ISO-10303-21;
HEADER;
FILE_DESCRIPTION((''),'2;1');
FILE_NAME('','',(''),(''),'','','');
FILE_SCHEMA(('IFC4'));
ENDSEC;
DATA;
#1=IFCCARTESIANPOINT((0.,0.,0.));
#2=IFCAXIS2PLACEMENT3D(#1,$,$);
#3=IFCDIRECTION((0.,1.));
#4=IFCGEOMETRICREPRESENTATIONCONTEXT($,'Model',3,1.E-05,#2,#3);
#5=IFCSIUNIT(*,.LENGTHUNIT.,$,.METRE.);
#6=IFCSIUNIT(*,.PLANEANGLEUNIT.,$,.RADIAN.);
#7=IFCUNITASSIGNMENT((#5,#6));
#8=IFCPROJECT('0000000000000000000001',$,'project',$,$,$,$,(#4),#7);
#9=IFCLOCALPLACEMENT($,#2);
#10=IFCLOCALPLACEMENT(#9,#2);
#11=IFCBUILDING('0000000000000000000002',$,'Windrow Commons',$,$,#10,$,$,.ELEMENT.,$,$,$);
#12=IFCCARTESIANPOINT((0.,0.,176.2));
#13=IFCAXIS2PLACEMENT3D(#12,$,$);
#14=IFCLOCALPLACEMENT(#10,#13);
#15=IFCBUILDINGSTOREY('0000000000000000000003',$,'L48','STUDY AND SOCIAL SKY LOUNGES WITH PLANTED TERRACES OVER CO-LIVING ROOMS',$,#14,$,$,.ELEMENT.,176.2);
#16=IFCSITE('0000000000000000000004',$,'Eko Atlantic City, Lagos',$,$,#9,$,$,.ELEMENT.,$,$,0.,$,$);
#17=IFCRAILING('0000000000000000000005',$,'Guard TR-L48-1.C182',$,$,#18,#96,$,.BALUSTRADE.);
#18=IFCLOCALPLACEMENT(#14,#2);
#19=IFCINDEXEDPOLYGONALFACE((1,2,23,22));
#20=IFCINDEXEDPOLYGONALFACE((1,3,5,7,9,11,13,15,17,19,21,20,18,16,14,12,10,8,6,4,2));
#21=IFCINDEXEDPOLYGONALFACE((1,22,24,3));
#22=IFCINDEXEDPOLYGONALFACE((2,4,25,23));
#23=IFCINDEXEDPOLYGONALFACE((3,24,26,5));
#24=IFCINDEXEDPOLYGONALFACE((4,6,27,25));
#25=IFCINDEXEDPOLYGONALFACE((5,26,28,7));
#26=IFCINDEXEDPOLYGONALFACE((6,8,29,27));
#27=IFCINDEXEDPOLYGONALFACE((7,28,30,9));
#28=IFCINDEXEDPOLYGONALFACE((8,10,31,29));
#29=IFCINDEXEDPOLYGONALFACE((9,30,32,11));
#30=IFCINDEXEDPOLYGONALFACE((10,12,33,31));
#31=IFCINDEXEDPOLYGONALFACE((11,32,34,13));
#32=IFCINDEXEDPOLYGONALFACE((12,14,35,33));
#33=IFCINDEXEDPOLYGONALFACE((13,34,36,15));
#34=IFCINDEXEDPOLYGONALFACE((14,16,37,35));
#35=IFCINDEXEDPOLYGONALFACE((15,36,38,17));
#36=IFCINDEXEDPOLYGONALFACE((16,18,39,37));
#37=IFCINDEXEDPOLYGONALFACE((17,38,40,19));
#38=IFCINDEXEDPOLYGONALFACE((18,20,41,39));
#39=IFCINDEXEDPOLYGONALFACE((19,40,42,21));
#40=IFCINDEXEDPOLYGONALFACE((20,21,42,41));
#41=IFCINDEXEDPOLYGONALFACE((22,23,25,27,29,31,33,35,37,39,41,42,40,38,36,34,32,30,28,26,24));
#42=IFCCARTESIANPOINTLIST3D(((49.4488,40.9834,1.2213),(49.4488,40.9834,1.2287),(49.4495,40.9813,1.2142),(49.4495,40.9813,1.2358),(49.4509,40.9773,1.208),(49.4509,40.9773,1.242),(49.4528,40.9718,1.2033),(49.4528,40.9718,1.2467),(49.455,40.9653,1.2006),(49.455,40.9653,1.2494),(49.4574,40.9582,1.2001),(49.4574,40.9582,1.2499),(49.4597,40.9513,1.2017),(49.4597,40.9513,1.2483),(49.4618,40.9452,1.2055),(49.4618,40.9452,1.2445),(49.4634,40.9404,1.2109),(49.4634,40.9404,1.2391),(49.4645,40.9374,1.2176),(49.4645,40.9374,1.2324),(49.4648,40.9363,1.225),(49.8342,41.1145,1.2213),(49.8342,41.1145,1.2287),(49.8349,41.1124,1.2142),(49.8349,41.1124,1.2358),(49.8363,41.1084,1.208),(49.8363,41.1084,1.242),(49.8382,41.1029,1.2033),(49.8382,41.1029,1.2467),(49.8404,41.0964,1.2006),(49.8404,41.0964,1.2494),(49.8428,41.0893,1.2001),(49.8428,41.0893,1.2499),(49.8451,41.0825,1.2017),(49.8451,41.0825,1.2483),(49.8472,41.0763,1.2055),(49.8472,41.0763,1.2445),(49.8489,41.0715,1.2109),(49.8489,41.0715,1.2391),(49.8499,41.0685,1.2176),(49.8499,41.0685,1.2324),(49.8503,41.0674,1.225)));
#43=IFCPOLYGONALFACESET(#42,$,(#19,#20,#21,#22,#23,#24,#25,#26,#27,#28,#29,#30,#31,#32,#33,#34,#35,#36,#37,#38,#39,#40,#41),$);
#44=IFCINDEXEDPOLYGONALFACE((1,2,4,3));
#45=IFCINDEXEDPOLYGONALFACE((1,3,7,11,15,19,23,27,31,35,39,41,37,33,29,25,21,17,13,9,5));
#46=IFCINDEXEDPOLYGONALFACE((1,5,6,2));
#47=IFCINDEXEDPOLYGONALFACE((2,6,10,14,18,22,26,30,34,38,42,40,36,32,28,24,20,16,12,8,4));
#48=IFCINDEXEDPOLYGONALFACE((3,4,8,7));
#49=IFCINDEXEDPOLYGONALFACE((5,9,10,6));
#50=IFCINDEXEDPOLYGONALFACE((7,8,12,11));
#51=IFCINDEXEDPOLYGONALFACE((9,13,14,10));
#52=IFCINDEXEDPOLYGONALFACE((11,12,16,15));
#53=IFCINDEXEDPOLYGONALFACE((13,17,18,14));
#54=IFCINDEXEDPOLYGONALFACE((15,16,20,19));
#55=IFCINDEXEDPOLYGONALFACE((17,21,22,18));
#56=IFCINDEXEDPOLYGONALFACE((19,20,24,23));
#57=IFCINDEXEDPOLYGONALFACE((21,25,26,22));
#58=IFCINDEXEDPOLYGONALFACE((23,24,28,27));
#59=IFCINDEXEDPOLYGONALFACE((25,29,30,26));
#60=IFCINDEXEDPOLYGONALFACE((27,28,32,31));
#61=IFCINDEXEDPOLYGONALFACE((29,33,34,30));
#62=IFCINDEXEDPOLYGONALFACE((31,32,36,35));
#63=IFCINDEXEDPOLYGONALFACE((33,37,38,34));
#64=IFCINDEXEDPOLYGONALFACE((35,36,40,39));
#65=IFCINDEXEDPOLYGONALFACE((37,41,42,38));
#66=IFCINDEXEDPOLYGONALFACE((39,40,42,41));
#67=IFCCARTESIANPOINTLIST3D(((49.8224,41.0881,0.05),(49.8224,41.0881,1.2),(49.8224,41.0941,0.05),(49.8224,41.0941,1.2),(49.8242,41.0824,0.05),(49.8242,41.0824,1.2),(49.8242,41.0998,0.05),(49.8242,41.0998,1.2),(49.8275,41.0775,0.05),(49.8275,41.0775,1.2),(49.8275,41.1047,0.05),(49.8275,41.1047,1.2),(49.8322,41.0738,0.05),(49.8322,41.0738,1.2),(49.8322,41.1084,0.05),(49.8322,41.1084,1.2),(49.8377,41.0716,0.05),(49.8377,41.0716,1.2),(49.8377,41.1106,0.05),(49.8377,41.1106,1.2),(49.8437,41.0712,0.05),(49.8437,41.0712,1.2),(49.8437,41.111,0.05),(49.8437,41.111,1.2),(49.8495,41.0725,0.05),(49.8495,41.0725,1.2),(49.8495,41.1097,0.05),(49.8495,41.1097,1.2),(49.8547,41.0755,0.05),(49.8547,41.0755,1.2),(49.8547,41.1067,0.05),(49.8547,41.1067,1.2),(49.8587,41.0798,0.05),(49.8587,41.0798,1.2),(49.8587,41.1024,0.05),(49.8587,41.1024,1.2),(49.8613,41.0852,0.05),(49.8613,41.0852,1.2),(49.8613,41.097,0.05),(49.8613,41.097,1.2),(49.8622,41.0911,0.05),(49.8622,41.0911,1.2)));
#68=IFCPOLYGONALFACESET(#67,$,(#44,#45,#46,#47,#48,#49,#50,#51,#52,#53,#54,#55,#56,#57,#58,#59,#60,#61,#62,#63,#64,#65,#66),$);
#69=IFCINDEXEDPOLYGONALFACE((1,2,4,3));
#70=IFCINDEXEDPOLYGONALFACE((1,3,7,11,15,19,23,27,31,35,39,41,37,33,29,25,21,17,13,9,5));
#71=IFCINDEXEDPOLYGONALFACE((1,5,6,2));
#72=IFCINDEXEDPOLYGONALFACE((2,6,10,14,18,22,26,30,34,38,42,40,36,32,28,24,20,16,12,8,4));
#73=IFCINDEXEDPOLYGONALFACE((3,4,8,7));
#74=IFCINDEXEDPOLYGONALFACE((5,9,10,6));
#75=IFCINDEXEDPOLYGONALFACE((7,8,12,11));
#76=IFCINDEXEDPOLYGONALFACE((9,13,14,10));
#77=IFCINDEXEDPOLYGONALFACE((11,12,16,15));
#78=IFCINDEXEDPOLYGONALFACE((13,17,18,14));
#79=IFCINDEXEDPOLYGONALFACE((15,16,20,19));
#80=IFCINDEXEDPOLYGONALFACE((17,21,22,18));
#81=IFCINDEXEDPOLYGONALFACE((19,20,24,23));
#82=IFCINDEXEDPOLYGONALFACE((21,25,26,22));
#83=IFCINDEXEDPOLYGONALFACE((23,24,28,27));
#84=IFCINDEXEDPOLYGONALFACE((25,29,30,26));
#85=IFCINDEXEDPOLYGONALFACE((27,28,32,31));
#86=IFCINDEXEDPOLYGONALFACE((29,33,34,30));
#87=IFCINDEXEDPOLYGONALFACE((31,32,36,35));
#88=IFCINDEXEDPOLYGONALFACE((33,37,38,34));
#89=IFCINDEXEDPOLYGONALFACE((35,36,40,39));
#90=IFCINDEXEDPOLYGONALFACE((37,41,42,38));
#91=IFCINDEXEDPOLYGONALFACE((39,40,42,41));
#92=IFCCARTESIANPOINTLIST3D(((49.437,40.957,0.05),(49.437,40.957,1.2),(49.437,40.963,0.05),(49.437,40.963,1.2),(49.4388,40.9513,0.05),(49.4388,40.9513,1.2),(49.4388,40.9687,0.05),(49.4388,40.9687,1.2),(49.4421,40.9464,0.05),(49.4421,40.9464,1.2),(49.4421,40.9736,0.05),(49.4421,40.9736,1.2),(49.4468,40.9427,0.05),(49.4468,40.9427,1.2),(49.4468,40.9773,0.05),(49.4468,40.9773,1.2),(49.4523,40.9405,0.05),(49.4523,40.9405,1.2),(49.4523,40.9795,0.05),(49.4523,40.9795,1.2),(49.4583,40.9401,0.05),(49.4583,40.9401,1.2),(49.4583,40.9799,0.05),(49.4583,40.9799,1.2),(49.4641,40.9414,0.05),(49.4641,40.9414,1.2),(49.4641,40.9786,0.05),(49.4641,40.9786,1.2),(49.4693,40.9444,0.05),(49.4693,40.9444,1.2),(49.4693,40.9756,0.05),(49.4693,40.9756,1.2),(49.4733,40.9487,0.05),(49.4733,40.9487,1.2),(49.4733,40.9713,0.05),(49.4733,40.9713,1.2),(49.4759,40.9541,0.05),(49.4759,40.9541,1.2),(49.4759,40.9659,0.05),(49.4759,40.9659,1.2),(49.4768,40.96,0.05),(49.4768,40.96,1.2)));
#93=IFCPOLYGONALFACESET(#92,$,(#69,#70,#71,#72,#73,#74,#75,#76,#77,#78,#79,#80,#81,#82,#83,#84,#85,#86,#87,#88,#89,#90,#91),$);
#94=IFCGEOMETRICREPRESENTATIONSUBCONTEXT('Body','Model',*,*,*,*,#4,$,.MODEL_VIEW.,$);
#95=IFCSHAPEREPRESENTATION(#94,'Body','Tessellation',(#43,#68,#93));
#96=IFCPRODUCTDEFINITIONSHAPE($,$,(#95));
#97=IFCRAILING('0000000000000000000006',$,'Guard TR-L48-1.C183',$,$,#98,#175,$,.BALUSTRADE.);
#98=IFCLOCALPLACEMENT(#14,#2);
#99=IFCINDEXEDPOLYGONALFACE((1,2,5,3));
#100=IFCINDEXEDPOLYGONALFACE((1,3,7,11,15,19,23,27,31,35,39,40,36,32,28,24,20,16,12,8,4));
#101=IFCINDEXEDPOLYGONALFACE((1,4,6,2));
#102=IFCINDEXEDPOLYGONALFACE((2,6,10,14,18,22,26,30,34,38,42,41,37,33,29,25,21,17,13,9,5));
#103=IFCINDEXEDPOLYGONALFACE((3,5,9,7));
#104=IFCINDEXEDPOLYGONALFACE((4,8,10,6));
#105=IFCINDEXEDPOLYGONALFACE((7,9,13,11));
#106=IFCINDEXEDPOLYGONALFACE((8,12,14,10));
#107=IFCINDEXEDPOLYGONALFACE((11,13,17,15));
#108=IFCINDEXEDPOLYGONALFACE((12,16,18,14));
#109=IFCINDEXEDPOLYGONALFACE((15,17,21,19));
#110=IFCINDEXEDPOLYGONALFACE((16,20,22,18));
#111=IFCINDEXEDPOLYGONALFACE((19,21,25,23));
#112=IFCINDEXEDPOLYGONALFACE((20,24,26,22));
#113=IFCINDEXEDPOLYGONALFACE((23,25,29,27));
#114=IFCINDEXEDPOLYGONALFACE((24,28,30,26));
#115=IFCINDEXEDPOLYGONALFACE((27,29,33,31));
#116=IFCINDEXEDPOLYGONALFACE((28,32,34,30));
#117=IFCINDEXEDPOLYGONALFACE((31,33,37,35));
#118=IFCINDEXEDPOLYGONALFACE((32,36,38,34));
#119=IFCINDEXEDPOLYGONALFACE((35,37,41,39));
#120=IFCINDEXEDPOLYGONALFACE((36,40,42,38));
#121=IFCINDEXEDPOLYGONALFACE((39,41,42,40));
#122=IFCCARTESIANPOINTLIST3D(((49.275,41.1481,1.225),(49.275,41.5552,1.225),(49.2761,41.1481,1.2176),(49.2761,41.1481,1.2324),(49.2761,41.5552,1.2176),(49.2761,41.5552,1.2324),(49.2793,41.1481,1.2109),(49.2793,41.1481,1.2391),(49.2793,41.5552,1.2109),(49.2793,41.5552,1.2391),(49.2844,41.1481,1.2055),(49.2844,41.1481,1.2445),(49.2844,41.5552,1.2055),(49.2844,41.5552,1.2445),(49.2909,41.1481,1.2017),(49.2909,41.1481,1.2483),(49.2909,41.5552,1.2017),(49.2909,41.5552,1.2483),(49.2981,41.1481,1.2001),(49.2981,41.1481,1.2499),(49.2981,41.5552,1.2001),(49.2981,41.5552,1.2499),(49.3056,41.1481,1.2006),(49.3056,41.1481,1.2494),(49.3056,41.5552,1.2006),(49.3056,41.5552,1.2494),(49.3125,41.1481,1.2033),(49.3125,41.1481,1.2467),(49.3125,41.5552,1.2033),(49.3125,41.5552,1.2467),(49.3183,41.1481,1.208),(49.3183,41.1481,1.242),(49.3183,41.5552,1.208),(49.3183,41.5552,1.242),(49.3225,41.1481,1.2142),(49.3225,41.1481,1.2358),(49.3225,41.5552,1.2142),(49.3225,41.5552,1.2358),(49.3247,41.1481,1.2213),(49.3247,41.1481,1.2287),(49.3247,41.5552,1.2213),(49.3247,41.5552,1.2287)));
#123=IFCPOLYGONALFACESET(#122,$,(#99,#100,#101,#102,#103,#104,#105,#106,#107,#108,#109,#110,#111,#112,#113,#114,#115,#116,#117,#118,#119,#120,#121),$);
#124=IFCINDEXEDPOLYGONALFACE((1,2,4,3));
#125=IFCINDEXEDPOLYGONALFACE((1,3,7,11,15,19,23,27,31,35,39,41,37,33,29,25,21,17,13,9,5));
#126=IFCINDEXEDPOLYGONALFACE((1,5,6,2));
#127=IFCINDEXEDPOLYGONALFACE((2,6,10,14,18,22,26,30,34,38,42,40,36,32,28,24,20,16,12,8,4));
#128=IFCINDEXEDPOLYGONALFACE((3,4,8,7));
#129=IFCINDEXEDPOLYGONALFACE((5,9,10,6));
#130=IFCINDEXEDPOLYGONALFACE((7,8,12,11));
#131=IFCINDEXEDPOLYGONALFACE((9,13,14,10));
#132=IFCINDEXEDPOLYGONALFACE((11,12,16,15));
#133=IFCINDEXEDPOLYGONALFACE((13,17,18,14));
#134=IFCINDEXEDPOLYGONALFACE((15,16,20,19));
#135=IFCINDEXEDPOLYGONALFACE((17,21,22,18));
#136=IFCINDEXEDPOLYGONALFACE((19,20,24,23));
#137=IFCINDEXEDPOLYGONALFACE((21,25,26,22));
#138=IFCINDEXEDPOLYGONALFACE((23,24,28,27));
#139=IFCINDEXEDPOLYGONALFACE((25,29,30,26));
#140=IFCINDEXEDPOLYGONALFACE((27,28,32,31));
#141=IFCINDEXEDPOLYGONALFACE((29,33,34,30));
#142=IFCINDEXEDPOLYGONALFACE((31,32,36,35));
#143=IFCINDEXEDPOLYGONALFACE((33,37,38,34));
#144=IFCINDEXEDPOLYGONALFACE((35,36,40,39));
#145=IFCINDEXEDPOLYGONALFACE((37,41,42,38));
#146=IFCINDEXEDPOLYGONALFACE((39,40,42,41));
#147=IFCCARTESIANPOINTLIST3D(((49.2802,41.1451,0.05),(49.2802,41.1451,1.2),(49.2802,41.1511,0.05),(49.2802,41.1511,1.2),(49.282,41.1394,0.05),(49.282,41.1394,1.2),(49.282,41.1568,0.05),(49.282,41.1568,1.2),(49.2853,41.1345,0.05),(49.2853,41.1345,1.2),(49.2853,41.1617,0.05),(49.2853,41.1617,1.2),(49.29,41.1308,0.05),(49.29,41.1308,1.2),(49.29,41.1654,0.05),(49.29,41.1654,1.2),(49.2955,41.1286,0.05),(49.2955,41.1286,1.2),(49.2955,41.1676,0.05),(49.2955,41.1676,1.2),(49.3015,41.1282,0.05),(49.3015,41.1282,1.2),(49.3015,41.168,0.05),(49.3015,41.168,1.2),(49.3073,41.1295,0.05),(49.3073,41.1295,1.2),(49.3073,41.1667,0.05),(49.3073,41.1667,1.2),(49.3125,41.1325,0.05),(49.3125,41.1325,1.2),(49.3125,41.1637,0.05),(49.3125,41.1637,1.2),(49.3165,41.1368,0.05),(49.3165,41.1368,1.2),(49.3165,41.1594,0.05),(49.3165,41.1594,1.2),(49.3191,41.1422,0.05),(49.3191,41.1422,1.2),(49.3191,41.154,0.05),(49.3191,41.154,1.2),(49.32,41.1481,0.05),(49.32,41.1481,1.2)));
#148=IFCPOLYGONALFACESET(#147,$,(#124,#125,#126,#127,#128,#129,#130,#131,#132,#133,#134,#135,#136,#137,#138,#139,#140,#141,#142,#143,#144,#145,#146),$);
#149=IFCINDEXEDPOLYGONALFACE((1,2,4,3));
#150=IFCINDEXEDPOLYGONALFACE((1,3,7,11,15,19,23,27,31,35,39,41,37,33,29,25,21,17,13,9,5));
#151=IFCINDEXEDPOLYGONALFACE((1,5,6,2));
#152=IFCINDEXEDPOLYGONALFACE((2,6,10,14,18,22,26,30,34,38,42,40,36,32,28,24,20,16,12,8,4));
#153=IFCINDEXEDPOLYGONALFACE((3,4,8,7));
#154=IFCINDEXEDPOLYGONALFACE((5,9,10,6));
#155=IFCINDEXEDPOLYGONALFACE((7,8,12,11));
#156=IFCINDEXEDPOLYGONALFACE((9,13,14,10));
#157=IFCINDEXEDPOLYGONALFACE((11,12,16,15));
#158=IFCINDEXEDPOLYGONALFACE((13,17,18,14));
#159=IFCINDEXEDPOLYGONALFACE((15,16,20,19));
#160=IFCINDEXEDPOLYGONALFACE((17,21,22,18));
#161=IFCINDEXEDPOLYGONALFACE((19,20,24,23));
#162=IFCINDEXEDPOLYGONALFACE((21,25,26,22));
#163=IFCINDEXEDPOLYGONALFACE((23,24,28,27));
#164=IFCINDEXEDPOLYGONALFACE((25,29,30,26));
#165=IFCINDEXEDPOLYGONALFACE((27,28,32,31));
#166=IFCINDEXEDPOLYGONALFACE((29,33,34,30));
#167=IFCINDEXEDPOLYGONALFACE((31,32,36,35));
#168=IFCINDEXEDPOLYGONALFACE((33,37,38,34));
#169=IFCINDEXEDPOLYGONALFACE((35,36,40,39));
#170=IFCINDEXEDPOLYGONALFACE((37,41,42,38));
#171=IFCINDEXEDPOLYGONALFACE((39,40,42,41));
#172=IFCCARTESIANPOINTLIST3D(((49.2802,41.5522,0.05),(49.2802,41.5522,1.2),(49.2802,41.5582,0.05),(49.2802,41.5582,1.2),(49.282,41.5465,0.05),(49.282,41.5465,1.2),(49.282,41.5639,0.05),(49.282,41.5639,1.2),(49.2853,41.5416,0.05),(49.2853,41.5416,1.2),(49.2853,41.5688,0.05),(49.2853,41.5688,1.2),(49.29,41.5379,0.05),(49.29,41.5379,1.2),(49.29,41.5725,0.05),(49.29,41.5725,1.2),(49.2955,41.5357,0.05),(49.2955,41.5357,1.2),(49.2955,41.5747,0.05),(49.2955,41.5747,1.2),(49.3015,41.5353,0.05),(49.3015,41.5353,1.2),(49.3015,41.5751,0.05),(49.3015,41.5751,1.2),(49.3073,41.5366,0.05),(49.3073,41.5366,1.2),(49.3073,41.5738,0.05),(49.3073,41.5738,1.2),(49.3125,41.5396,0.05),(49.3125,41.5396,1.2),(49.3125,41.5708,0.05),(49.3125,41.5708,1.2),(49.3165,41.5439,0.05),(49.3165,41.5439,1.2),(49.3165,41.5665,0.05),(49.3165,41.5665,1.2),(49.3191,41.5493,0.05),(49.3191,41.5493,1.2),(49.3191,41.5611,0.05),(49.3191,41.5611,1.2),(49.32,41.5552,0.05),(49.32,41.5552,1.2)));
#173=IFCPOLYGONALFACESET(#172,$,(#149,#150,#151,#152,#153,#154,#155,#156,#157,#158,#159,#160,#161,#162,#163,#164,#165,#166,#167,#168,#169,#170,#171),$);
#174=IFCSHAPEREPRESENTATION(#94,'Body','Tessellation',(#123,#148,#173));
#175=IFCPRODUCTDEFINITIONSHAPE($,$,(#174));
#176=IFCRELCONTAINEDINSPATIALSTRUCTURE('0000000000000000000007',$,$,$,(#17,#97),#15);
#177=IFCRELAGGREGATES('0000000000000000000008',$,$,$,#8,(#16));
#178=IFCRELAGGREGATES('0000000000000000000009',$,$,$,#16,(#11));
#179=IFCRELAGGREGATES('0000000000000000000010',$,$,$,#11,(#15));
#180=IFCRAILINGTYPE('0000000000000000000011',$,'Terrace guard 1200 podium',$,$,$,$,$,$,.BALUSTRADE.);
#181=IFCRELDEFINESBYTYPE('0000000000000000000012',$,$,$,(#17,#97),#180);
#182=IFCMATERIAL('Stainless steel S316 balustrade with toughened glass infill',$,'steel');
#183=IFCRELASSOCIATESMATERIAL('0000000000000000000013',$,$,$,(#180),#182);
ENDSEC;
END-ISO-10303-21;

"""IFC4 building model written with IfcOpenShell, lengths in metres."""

from ifc_helpers import new_model, si_unit, direction, frame, origin, origin_2d, place, context, subcontext, project, spatial, circle, extrude, material, type_object, element, save


model = new_model("IFC4")

# Units and contexts
model_context = context("Model", 3, precision=1e-05, world=origin(), true_north=direction((0.0, 1.0)))
body_context = subcontext(model_context, "Body", "Model", "MODEL_VIEW")
ifc_project = project(units=[si_unit("LENGTHUNIT", "METRE"), si_unit("PLANEANGLEUNIT", "RADIAN")], contexts=[model_context])

# Site, building, storey
site_placement = place(None, origin())
building_placement = place(site_placement, origin())
storey_placement = place(building_placement, frame((0.0, 0.0, 176.2)))
site = spatial("IfcSite", under=ifc_project, at=site_placement, Name="Eko Atlantic City, Lagos", CompositionType="ELEMENT", RefElevation=0.0)
building = spatial("IfcBuilding", under=site, at=building_placement, Name="Windrow Commons", CompositionType="ELEMENT")
storey = spatial("IfcBuildingStorey", under=building, at=storey_placement, Name="L48", Description="STUDY AND SOCIAL SKY LOUNGES WITH PLANTED TERRACES OVER CO-LIVING ROOMS", CompositionType="ELEMENT", Elevation=176.2)

# Railings
ifc_material_1 = material(Name="Stainless steel S316 balustrade with toughened glass infill", Category="steel")
railing_type = type_object("IfcRailingType", Name="Terrace guard 1200 podium", PredefinedType="BALUSTRADE", material=ifc_material_1)
railing_1_placement = place(storey_placement, frame((49.8422, 41.0911, 0.05)))
element("IfcRailing", 1, at=railing_1_placement, inside=storey, type_object=railing_type, Name="Guard TR-L48-1.C182", PredefinedType="BALUSTRADE", context=body_context, shape_type="SweptSolid", body=[
    extrude(circle(Radius=0.025, at=origin_2d()), frame((0.0, 0.0, 1.175), z_axis=(-0.946725, -0.322044, 0.0), x_axis=(0.322044, -0.946725, 0.0)), (0.0, 0.0, 1.0), 0.4071),
    extrude(circle(Radius=0.02, at=origin_2d()), origin(), (0.0, 0.0, 1.0), 1.15),
    extrude(circle(Radius=0.02, at=origin_2d()), frame((-0.3854, -0.1311, 0.0)), (0.0, 0.0, 1.0), 1.15),
])
railing_2_placement = place(storey_placement, frame((49.3, 41.1481, 0.05)))
element("IfcRailing", 2, at=railing_2_placement, inside=storey, type_object=railing_type, Name="Guard TR-L48-1.C183", PredefinedType="BALUSTRADE", context=body_context, shape_type="SweptSolid", body=[
    extrude(circle(Radius=0.025, at=origin_2d()), frame((0.0, 0.0, 1.175), z_axis=(0.0, 1.0, 0.0), x_axis=(-1.0, 0.0, 0.0)), (0.0, 0.0, 1.0), 0.4071),
    extrude(circle(Radius=0.02, at=origin_2d()), origin(), (0.0, 0.0, 1.0), 1.15),
    extrude(circle(Radius=0.02, at=origin_2d()), frame((0.0, 0.4071, 0.0)), (0.0, 0.0, 1.0), 1.15),
])

save(model, "model.ifc")
